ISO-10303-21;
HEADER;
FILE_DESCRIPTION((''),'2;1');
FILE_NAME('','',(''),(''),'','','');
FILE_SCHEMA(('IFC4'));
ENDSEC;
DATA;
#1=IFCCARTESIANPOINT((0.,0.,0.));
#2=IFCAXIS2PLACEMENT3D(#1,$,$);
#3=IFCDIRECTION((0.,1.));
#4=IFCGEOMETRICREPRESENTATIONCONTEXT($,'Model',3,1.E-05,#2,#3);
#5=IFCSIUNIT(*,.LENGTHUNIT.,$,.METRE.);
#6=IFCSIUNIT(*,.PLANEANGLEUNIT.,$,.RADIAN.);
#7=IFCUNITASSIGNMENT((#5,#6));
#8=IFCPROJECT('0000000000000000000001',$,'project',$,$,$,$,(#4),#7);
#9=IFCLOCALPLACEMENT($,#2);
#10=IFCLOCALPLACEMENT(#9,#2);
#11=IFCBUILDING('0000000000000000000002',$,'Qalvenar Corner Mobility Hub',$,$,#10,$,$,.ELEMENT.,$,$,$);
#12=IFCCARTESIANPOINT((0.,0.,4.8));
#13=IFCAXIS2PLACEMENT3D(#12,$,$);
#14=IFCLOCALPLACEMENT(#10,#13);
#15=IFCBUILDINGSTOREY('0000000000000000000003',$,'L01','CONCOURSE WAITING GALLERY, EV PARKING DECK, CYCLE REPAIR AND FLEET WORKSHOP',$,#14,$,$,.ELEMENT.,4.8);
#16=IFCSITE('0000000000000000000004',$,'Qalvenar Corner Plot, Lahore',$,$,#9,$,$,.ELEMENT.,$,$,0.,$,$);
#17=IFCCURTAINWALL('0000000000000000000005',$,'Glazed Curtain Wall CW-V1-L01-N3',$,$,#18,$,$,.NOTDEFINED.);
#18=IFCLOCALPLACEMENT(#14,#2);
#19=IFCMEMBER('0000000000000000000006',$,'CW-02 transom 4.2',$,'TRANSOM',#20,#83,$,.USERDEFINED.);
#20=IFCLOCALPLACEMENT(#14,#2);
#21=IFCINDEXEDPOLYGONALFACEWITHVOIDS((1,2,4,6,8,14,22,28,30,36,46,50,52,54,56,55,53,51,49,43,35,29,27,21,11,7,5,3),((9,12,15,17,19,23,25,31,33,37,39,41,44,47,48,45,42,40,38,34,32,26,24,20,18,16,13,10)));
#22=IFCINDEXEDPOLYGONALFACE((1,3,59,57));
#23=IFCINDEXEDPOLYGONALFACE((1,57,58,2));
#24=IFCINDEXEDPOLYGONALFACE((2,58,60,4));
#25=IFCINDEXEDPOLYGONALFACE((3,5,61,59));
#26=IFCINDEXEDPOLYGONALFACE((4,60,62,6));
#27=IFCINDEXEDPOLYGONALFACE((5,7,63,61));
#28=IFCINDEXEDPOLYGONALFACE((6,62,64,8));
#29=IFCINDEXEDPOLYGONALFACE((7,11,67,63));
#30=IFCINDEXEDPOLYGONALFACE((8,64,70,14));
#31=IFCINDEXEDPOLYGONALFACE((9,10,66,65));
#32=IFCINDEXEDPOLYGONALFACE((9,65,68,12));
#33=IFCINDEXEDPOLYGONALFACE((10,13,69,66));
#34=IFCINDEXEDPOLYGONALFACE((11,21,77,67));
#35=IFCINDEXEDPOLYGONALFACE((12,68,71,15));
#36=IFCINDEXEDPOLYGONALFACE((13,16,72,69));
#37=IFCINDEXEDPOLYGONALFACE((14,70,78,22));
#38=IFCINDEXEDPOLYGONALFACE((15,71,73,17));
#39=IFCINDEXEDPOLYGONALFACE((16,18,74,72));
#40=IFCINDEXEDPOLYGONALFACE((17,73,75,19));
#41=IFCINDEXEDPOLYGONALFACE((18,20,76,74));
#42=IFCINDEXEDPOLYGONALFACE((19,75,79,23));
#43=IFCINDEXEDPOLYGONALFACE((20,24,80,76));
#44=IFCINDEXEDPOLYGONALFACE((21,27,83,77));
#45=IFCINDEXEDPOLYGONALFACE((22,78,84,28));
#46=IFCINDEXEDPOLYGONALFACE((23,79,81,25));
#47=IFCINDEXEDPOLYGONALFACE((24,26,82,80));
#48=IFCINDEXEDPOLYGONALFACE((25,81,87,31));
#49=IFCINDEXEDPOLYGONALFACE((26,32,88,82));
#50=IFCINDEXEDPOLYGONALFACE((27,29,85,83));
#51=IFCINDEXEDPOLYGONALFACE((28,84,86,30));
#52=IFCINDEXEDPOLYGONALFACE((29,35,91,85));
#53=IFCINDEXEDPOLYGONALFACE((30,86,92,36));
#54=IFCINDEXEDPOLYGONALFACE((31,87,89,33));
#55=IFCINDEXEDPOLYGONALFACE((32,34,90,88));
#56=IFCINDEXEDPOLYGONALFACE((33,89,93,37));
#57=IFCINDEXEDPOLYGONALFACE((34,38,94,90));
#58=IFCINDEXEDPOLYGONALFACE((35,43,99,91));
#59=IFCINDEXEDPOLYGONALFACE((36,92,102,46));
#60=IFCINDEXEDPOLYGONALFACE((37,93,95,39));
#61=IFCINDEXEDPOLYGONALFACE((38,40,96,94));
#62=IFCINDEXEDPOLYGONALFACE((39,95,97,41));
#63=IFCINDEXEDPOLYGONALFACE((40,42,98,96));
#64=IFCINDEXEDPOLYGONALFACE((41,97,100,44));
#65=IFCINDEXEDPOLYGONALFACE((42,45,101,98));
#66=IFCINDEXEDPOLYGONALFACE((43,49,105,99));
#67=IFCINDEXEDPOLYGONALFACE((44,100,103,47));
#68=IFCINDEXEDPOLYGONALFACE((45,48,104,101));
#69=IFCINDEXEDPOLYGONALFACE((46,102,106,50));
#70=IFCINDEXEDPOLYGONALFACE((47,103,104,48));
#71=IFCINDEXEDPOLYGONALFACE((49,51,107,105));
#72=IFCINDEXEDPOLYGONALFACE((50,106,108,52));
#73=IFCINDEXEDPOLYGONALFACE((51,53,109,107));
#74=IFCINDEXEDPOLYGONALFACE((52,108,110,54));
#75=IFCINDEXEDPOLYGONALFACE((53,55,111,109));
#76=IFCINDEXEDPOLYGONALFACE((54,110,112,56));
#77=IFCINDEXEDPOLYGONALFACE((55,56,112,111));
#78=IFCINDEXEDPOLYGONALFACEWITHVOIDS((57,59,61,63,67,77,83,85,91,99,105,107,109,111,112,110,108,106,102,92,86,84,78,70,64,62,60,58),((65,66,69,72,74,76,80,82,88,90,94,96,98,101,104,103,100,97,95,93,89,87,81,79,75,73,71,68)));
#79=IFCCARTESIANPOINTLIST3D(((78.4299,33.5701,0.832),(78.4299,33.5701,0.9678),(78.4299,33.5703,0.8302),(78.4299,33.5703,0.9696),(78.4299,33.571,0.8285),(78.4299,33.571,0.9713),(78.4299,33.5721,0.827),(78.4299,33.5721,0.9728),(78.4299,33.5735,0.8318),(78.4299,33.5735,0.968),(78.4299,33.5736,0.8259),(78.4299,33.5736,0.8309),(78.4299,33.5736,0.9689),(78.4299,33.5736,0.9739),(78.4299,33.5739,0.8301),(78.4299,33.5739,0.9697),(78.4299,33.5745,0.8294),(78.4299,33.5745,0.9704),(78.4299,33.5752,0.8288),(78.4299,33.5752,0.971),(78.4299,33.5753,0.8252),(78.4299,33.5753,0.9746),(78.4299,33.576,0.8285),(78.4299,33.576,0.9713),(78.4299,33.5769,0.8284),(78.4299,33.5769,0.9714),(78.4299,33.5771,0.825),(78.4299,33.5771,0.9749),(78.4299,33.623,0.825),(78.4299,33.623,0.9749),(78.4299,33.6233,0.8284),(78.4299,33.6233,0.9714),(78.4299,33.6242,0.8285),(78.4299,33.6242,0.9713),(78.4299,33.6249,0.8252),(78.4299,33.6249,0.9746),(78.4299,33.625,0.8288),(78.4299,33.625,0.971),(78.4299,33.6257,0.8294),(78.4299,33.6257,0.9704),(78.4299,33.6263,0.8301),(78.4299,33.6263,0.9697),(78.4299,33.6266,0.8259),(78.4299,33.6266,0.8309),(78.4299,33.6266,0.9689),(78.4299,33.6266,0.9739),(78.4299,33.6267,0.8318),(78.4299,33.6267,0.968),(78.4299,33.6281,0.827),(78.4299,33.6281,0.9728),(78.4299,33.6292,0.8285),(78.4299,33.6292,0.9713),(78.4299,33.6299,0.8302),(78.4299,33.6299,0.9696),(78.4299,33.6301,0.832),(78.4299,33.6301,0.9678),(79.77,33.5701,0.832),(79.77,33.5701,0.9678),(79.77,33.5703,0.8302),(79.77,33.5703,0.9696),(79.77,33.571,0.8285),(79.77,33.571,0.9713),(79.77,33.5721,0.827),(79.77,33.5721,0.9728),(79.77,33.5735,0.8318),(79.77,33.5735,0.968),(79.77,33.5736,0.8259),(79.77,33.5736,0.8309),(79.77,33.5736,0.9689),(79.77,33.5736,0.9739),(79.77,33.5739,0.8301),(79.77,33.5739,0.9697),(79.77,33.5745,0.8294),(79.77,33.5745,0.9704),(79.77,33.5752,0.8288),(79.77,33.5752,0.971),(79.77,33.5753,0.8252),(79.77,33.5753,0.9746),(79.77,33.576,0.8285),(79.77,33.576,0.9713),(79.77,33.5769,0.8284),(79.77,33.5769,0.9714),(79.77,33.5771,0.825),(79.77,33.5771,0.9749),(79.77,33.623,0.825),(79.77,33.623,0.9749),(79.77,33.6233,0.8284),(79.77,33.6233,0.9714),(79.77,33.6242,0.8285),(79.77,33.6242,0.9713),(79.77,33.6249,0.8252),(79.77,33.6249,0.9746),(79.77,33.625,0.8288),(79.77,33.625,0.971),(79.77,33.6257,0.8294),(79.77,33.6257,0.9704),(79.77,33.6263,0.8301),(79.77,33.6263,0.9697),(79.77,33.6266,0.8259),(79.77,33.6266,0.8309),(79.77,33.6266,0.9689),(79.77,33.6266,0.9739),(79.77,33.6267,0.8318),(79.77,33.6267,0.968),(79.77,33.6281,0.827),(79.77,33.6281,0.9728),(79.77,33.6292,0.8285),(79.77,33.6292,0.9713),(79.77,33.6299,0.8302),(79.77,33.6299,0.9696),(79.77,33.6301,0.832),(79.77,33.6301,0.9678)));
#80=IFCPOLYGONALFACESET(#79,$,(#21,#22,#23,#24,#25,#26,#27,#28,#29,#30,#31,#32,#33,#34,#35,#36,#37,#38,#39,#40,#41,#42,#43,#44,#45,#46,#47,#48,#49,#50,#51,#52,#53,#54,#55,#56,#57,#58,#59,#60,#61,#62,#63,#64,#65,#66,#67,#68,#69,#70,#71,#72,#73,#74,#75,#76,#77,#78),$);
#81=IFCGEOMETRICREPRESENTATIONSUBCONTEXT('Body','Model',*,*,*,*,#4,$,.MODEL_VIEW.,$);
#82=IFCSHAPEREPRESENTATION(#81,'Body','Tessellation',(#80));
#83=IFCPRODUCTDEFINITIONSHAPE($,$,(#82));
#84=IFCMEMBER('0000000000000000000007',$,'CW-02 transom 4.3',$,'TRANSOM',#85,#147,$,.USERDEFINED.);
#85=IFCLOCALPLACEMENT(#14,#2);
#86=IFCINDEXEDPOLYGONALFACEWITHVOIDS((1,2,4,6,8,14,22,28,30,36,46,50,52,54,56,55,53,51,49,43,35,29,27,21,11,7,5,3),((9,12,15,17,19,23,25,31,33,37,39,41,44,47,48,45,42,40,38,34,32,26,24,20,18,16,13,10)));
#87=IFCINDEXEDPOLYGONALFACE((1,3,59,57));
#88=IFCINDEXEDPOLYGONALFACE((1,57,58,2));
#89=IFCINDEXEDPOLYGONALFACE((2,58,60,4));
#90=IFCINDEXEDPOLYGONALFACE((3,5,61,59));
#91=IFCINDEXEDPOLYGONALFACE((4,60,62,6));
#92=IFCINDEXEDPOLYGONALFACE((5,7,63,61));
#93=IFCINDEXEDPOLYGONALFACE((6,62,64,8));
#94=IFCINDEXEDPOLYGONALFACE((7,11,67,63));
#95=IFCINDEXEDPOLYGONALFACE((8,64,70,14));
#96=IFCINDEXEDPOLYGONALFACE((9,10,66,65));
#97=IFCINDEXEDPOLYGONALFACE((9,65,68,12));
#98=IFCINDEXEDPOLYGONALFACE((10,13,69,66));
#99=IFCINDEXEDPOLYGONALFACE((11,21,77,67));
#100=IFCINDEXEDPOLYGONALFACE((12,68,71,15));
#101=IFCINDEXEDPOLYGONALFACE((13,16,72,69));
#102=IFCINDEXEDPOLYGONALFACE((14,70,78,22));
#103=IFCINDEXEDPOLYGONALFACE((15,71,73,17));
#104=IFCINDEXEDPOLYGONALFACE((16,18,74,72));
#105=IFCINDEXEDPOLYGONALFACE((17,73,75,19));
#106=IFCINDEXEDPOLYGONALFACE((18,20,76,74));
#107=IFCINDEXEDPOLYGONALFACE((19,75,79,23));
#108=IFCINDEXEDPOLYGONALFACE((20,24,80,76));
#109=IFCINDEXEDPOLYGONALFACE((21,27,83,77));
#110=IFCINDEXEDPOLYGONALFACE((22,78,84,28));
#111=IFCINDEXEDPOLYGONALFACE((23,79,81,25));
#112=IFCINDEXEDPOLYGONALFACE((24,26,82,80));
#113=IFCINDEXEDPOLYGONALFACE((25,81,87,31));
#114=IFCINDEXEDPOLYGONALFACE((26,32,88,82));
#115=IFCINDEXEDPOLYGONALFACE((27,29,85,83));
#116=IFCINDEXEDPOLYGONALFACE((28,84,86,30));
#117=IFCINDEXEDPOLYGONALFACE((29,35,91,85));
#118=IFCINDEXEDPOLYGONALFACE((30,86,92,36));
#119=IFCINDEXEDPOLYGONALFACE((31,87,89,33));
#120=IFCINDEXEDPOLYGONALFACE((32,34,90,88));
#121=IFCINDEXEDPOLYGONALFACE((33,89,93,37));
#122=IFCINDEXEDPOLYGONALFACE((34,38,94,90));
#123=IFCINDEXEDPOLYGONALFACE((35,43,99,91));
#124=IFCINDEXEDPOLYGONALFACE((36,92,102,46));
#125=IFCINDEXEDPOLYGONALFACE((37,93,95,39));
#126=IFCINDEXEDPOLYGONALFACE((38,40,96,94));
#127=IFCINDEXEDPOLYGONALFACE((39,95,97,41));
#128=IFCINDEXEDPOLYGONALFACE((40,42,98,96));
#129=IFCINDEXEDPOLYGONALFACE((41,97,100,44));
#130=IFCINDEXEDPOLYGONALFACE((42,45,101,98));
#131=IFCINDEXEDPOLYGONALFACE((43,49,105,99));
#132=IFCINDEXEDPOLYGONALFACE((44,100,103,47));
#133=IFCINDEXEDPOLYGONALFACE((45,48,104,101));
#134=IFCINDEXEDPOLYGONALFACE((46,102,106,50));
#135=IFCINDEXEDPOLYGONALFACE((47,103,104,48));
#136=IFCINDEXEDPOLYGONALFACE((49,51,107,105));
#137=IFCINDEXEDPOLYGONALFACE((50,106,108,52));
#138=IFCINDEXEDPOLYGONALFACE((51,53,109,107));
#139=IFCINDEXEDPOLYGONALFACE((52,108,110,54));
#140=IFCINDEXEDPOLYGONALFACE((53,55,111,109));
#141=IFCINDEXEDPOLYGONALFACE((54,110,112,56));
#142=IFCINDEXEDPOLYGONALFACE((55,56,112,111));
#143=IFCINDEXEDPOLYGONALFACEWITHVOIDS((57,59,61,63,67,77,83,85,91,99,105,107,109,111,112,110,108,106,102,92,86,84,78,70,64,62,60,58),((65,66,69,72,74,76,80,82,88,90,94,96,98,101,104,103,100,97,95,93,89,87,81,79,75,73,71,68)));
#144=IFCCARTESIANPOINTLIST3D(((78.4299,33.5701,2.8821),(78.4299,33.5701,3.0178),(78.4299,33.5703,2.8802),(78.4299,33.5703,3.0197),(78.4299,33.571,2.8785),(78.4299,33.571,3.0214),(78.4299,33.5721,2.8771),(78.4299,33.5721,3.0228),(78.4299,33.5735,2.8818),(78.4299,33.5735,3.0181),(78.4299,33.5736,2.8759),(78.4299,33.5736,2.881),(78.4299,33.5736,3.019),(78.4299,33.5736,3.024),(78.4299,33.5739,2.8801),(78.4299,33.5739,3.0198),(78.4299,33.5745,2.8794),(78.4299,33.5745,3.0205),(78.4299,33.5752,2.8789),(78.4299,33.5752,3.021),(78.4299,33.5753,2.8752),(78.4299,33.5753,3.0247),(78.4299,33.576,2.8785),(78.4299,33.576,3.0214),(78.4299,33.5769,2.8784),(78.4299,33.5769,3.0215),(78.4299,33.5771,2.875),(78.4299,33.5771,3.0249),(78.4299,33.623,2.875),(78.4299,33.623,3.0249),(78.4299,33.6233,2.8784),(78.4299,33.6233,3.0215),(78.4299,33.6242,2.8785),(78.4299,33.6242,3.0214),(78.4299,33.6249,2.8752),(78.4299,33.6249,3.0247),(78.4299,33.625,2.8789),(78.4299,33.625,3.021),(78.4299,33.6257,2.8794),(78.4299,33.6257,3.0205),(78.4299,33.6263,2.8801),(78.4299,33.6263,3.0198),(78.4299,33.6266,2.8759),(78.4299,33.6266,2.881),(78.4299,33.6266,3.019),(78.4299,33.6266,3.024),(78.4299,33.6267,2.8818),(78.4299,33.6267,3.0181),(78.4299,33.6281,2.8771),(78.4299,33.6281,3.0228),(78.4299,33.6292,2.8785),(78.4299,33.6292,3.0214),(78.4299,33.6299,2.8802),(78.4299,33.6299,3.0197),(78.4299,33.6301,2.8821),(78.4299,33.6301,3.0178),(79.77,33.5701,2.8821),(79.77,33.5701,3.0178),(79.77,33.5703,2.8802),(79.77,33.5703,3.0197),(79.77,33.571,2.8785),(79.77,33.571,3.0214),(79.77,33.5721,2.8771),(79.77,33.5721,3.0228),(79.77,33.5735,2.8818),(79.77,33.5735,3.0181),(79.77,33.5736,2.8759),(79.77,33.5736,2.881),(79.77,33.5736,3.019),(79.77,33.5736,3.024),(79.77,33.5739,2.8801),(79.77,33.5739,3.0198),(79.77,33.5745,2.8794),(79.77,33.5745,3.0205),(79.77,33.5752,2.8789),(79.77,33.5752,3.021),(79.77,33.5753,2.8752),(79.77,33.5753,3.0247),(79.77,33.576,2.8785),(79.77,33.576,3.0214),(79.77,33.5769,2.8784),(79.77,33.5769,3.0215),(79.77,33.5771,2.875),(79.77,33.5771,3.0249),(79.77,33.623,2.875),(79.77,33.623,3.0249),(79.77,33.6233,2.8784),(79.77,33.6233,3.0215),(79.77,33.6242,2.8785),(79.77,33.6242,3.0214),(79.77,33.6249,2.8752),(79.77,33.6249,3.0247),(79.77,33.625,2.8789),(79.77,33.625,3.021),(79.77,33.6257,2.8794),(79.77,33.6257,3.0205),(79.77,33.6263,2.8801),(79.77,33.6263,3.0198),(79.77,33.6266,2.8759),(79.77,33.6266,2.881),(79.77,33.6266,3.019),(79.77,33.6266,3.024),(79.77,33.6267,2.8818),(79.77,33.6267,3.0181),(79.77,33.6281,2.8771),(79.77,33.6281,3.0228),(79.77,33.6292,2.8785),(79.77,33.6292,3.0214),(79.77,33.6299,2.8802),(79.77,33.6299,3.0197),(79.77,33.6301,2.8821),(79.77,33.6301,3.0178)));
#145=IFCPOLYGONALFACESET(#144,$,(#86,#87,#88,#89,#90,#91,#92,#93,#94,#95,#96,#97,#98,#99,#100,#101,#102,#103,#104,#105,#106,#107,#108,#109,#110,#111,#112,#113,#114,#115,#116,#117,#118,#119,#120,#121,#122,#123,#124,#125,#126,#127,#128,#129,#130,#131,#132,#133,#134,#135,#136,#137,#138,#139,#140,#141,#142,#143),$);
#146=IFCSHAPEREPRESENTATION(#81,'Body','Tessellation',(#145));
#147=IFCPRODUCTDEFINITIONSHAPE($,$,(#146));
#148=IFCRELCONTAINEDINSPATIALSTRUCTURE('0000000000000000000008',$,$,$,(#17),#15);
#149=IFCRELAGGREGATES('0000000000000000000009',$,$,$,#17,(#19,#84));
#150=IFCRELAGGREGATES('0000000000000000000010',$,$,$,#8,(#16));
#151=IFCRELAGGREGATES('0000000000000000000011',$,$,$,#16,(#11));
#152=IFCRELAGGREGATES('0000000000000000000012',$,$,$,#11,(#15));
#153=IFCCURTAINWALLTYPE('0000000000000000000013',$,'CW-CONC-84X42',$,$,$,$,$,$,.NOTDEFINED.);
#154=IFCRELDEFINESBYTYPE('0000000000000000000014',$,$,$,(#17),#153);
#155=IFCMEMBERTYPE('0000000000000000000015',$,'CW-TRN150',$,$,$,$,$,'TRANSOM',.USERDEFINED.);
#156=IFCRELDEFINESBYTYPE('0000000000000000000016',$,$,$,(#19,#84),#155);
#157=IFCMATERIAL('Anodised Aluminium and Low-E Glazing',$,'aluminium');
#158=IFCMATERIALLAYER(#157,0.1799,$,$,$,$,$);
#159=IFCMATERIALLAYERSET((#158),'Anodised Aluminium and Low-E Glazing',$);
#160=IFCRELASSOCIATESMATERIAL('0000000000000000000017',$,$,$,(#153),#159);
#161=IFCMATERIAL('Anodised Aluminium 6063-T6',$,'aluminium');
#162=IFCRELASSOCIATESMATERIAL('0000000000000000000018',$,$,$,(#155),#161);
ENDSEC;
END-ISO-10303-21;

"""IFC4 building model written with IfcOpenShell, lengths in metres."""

from ifc_helpers import new_model, si_unit, direction, frame, origin, origin_2d, place, context, subcontext, project, spatial, hollow_rectangle, extrude, material, layer, layer_set, material_profile, profile_set, type_object, element, aggregate, save


model = new_model("IFC4")

# Units and contexts
model_context = context("Model", 3, precision=1e-05, world=origin(), true_north=direction((0.0, 1.0)))
body_context = subcontext(model_context, "Body", "Model", "MODEL_VIEW")
ifc_project = project(units=[si_unit("LENGTHUNIT", "METRE"), si_unit("PLANEANGLEUNIT", "RADIAN")], contexts=[model_context])

# Site, building, storey
site_placement = place(None, origin())
site = spatial("IfcSite", under=ifc_project, at=site_placement, Name="Qalvenar Corner Plot, Lahore", CompositionType="ELEMENT", RefElevation=0.0)
building_placement = place(site_placement, origin())
building = spatial("IfcBuilding", under=site, at=building_placement, Name="Qalvenar Corner Mobility Hub", CompositionType="ELEMENT")
storey_placement = place(building_placement, frame((0.0, 0.0, 4.8)))
storey = spatial("IfcBuildingStorey", under=building, at=storey_placement, Name="L01", Description="CONCOURSE WAITING GALLERY, EV PARKING DECK, CYCLE REPAIR AND FLEET WORKSHOP", CompositionType="ELEMENT", Elevation=4.8)

# Curtain wall, members
ifc_material_1 = material(Name="Anodised Aluminium and Low-E Glazing", Category="aluminium")
ifc_layer_1 = layer(ifc_material_1, 0.1799)
ifc_layer_set_1 = layer_set([ifc_layer_1], Name="Anodised Aluminium and Low-E Glazing")
curtain_wall_type = type_object("IfcCurtainWallType", Name="CW-CONC-84X42", PredefinedType="NOTDEFINED", material=ifc_layer_set_1)
curtain_wall_placement = place(storey_placement, origin())
curtain_wall = element("IfcCurtainWall", 1, at=curtain_wall_placement, inside=storey, type_object=curtain_wall_type, Name="Glazed Curtain Wall CW-V1-L01-N3", PredefinedType="NOTDEFINED")
ifc_material_2 = material(Name="Anodised Aluminium 6063-T6", Category="aluminium")
ifc_material_profile_1 = material_profile(ifc_material_2, hollow_rectangle(XDim=0.0601, YDim=0.1499, WallThickness=0.0034, InnerFilletRadius=0.0034, OuterFilletRadius=0.0071, at=origin_2d()), Name="RHS150x60x3.5")
ifc_profile_set_1 = profile_set([ifc_material_profile_1], Name="Anodised Aluminium 6063-T6")
member_type_1 = type_object("IfcMemberType", Name="CW-TRN150", ElementType="TRANSOM", PredefinedType="USERDEFINED", material=ifc_profile_set_1)
member_1_placement = place(storey_placement, frame((79.77, 33.6001, 0.8999), z_axis=(-1.0, 0.0, 0.0), x_axis=(0.0, -1.0, 0.0)))
member_1 = element("IfcMember", 2, at=member_1_placement, type_object=member_type_1, Name="CW-02 transom 4.2", ObjectType="TRANSOM", PredefinedType="USERDEFINED", context=body_context, shape_type="SweptSolid", body=[
    extrude(hollow_rectangle(XDim=0.0601, YDim=0.1499, WallThickness=0.0034, InnerFilletRadius=0.0034, OuterFilletRadius=0.0071, at=origin_2d()), origin(), (0.0, 0.0, 1.0), 1.3401),
])
member_2_placement = place(storey_placement, frame((79.77, 33.6001, 2.95), z_axis=(-1.0, 0.0, 0.0), x_axis=(0.0, -1.0, 0.0)))
member_2 = element("IfcMember", 3, at=member_2_placement, type_object=member_type_1, Name="CW-02 transom 4.3", ObjectType="TRANSOM", PredefinedType="USERDEFINED", context=body_context, shape_type="SweptSolid", body=[
    extrude(hollow_rectangle(XDim=0.0601, YDim=0.1499, WallThickness=0.0034, InnerFilletRadius=0.0034, OuterFilletRadius=0.0071, at=origin_2d()), origin(), (0.0, 0.0, 1.0), 1.3401),
])
aggregate(curtain_wall, [member_1, member_2])

save(model, "model.ifc")
